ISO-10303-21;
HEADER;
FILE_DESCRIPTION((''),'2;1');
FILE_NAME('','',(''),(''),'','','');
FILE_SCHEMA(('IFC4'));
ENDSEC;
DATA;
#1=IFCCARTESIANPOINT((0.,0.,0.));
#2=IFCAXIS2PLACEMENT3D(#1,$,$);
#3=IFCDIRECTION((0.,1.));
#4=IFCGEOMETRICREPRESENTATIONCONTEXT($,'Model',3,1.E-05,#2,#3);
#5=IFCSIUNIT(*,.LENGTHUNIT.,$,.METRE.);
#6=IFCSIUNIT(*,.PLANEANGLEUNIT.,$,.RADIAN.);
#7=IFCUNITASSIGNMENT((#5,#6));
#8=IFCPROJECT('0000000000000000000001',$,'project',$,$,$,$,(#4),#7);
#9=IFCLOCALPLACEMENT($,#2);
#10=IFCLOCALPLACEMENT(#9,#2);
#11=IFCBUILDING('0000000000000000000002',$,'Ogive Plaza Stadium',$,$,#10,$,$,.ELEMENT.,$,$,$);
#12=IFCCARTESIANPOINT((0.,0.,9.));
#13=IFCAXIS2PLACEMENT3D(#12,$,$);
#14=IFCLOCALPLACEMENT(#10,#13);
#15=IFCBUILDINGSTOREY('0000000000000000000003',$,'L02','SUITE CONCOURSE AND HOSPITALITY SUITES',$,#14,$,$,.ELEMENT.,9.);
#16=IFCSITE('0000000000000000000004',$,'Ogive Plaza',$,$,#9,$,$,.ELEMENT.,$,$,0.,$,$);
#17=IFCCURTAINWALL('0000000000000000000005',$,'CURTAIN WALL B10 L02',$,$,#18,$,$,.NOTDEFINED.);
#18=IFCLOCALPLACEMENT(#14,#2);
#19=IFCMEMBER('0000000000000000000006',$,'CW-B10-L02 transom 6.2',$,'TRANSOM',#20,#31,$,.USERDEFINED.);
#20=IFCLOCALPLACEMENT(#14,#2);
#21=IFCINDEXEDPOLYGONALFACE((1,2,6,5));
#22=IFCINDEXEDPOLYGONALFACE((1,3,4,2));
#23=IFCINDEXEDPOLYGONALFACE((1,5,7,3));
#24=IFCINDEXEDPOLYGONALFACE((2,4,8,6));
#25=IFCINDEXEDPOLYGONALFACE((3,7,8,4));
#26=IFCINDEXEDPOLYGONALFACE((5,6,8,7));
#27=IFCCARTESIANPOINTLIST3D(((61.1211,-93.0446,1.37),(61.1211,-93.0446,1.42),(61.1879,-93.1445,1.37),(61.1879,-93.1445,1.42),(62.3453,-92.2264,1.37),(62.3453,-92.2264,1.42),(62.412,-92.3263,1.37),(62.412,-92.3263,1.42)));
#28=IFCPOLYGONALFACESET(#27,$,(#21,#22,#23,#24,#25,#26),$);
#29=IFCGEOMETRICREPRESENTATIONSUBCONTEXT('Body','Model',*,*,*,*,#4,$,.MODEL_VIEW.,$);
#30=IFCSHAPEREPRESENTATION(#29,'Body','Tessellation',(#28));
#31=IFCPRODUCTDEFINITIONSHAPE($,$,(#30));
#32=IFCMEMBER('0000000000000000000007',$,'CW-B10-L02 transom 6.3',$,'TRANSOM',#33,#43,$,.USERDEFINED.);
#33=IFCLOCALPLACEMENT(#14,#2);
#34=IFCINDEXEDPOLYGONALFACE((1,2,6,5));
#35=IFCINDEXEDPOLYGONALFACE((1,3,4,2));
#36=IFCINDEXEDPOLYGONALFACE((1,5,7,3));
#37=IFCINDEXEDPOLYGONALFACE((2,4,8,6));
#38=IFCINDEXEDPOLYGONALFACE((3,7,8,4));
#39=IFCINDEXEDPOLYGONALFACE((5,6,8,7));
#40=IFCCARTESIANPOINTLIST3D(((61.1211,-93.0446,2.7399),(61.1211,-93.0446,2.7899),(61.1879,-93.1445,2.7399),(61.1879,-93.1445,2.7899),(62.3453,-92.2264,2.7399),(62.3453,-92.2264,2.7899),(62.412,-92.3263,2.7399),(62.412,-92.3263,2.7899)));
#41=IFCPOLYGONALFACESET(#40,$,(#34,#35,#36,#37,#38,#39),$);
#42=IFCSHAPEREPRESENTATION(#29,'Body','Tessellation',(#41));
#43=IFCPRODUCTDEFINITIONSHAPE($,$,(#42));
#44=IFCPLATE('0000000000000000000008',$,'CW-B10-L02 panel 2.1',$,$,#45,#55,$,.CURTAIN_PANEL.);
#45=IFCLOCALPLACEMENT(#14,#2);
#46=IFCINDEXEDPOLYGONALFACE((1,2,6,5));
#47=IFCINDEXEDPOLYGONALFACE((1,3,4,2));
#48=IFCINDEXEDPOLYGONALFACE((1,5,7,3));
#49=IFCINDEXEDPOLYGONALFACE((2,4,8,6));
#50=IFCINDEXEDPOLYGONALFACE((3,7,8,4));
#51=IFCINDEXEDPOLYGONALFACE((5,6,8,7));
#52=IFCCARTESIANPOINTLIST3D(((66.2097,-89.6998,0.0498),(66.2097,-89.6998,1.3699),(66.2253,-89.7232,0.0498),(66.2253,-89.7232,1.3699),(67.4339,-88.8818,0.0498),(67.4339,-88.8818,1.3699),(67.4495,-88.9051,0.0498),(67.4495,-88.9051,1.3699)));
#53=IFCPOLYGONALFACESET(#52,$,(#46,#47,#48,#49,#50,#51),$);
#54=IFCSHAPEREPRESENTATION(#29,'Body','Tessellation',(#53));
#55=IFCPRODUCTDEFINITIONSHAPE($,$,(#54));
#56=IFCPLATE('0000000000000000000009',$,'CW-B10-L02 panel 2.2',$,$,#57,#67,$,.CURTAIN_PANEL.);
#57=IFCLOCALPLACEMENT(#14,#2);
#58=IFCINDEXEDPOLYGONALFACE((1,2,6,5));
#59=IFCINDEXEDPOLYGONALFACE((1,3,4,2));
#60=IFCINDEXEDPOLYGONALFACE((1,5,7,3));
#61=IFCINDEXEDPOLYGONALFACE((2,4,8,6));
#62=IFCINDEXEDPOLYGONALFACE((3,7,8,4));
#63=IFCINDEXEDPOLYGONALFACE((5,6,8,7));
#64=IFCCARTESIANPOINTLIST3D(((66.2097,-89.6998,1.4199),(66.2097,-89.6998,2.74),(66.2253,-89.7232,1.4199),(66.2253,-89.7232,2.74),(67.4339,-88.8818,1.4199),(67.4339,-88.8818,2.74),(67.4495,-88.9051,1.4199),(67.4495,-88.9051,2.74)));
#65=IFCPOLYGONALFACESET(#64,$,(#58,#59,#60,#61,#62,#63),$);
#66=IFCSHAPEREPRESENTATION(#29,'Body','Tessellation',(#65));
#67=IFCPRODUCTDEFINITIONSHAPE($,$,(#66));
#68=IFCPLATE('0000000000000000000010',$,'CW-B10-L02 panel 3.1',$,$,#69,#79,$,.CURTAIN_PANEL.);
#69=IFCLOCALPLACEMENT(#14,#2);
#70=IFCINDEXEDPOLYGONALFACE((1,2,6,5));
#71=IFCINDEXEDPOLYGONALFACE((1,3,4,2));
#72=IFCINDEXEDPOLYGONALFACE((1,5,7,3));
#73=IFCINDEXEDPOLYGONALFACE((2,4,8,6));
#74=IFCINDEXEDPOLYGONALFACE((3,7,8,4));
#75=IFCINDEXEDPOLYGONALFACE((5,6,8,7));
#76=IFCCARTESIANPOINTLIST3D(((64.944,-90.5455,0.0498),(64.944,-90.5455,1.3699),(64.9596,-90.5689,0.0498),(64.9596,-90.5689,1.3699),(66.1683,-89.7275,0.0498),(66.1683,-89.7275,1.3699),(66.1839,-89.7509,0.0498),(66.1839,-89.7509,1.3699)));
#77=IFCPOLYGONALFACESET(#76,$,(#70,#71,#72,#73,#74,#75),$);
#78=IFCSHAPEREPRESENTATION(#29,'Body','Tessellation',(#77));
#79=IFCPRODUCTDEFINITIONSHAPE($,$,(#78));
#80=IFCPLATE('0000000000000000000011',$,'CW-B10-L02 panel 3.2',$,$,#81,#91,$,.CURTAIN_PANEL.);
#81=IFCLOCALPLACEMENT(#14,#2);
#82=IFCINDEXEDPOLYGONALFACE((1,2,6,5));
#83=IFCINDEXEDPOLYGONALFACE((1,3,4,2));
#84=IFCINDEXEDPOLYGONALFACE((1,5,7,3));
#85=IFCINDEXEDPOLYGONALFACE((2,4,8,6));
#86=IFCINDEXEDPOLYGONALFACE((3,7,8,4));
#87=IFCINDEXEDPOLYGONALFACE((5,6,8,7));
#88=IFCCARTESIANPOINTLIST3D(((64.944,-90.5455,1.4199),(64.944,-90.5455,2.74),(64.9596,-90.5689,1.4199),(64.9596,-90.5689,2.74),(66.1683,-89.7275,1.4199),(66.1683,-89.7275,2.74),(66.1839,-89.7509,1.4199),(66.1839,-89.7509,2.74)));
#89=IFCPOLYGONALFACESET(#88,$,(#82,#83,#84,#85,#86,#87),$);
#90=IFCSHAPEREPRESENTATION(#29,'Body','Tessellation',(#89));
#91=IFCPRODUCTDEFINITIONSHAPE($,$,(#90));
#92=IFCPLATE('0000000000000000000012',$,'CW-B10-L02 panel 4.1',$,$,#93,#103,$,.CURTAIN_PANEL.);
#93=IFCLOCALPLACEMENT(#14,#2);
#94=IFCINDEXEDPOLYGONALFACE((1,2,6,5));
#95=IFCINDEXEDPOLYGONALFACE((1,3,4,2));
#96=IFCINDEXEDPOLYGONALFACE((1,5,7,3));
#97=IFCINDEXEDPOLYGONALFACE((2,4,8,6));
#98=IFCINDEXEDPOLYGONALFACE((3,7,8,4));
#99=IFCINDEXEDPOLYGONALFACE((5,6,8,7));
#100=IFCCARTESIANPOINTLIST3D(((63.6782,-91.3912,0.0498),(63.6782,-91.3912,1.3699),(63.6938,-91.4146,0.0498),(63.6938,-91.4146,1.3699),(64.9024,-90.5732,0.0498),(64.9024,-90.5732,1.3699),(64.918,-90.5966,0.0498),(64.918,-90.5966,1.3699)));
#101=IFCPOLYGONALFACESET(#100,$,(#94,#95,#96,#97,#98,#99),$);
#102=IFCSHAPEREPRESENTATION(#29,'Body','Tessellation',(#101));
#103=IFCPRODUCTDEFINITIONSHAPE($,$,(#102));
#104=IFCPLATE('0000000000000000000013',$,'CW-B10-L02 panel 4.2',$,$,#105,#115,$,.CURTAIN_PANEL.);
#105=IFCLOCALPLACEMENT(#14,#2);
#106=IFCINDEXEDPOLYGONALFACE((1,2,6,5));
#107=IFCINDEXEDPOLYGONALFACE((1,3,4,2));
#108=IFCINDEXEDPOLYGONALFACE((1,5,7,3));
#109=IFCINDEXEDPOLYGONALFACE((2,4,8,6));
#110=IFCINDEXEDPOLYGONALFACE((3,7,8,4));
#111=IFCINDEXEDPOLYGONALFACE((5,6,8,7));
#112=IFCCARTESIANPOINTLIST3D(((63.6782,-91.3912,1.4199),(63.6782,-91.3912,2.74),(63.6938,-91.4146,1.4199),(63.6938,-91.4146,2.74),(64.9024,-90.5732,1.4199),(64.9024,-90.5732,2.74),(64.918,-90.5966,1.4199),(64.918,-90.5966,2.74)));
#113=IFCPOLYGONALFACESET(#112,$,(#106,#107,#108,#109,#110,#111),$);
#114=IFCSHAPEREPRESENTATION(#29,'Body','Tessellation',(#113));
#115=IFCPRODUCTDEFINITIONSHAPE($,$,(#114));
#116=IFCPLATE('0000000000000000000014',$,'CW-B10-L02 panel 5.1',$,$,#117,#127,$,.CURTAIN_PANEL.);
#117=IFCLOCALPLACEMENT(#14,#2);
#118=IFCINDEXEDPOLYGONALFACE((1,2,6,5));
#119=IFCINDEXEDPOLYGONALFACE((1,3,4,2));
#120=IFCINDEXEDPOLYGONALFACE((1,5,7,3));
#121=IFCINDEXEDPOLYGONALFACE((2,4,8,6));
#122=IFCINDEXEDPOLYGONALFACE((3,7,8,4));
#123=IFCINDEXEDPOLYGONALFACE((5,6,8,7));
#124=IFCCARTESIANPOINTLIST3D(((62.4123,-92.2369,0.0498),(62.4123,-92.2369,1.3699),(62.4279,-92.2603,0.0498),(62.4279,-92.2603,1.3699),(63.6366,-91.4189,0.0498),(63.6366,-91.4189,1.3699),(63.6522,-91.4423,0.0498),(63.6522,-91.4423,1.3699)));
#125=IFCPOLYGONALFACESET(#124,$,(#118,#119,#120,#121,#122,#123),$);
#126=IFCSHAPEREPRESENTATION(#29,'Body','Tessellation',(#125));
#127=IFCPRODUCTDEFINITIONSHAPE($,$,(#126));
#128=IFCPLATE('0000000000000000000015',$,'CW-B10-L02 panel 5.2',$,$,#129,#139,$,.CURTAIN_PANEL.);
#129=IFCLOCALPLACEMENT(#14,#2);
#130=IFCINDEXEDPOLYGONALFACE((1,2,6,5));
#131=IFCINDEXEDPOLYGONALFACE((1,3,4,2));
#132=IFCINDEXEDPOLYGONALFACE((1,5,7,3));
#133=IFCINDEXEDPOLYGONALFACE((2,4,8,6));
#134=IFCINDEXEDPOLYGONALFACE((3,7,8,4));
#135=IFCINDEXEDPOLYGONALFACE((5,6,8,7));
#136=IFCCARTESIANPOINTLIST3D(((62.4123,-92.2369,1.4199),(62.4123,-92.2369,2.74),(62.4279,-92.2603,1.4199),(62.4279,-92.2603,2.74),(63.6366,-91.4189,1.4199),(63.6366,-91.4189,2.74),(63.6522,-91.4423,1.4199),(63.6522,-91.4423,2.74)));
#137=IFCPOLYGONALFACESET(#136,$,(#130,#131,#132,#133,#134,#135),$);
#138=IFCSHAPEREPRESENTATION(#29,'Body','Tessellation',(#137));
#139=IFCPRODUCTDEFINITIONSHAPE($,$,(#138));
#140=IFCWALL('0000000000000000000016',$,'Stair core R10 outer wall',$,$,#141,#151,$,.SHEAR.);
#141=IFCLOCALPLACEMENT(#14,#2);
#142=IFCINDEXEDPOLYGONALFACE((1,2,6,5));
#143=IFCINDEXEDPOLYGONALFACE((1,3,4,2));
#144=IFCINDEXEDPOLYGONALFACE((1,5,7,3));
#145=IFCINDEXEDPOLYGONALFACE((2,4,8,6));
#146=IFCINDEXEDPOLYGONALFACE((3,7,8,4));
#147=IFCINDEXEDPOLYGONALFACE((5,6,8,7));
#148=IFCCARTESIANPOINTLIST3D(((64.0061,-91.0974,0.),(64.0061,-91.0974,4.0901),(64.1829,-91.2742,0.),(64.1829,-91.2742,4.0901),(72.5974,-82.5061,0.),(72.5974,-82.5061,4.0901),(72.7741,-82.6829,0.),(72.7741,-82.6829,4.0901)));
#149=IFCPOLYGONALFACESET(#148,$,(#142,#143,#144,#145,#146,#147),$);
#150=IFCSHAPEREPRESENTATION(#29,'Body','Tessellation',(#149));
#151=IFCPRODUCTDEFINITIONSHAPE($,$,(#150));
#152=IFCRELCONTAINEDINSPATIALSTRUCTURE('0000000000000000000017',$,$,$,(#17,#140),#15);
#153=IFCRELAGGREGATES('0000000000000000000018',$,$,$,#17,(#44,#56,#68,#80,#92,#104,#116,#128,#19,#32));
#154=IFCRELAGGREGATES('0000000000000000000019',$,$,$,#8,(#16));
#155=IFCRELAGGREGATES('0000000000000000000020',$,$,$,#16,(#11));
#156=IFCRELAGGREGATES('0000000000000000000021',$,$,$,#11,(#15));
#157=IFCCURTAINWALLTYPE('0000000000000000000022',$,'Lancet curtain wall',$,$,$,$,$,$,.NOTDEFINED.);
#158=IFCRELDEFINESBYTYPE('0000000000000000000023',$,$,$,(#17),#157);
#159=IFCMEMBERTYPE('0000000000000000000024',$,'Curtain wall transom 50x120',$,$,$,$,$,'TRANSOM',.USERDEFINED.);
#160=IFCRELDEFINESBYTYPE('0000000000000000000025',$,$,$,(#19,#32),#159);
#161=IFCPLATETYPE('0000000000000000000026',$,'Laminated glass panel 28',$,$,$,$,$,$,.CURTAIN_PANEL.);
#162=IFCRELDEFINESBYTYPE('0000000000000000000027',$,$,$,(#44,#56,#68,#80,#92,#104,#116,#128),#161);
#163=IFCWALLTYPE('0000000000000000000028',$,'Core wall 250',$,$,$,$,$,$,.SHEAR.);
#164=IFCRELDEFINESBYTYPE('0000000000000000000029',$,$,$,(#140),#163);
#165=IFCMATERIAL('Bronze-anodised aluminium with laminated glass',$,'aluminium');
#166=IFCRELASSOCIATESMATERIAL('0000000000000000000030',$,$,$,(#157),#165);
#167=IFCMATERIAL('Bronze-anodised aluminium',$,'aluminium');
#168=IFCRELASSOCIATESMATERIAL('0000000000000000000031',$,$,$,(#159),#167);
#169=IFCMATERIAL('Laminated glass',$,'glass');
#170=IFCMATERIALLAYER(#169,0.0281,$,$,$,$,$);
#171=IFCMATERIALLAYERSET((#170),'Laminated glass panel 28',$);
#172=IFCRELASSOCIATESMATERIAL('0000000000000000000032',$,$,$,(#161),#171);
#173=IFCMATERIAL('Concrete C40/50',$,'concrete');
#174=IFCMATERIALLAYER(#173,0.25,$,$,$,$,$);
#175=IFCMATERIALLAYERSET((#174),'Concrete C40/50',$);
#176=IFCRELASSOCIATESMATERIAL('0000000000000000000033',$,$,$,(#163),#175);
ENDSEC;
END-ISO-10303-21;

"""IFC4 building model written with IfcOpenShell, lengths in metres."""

from ifc_helpers import new_model, si_unit, direction, frame, frame_2d, origin, origin_2d, place, context, subcontext, project, spatial, rectangle, extrude, material, layer, layer_set, material_profile, profile_set, type_object, element, aggregate, save


model = new_model("IFC4")

# Units and contexts
model_context = context("Model", 3, precision=1e-05, world=origin(), true_north=direction((0.0, 1.0)))
body_context = subcontext(model_context, "Body", "Model", "MODEL_VIEW")
ifc_project = project(units=[si_unit("LENGTHUNIT", "METRE"), si_unit("PLANEANGLEUNIT", "RADIAN")], contexts=[model_context])

# Site, building, storey
site_placement = place(None, origin())
site = spatial("IfcSite", under=ifc_project, at=site_placement, Name="Ogive Plaza", CompositionType="ELEMENT", RefElevation=0.0)
building_placement = place(site_placement, origin())
building = spatial("IfcBuilding", under=site, at=building_placement, Name="Ogive Plaza Stadium", CompositionType="ELEMENT")
storey_placement = place(building_placement, frame((0.0, 0.0, 9.0)))
storey = spatial("IfcBuildingStorey", under=building, at=storey_placement, Name="L02", Description="SUITE CONCOURSE AND HOSPITALITY SUITES", CompositionType="ELEMENT", Elevation=9.0)

# Curtain wall, members, plates
ifc_material_1 = material(Name="Bronze-anodised aluminium with laminated glass", Category="aluminium")
curtain_wall_type = type_object("IfcCurtainWallType", Name="Lancet curtain wall", PredefinedType="NOTDEFINED", material=ifc_material_1)
curtain_wall_placement = place(storey_placement, origin())
curtain_wall = element("IfcCurtainWall", 1, at=curtain_wall_placement, inside=storey, type_object=curtain_wall_type, Name="CURTAIN WALL B10 L02", PredefinedType="NOTDEFINED")
ifc_material_2 = material(Name="Bronze-anodised aluminium", Category="aluminium")
ifc_material_profile_1 = material_profile(ifc_material_2, rectangle(XDim=0.1201, YDim=0.05, at=origin_2d()), Name="AL 120x50")
ifc_profile_set_1 = profile_set([ifc_material_profile_1], Name="Bronze-anodised aluminium")
member_type_1 = type_object("IfcMemberType", Name="Curtain wall transom 50x120", ElementType="TRANSOM", PredefinedType="USERDEFINED", material=ifc_profile_set_1)
member_1_placement = place(storey_placement, frame((62.3787, -92.2764, 1.395), z_axis=(-0.831412, -0.555656, 0.0), x_axis=(0.555656, -0.831412, 0.0)))
member_1 = element("IfcMember", 2, at=member_1_placement, type_object=member_type_1, Name="CW-B10-L02 transom 6.2", ObjectType="TRANSOM", PredefinedType="USERDEFINED", context=body_context, shape_type="SweptSolid", body=[
    extrude(rectangle(XDim=0.1201, YDim=0.05, at=origin_2d()), origin(), (0.0, 0.0, 1.0), 1.4724),
])
member_2_placement = place(storey_placement, frame((62.3787, -92.2764, 2.7649), z_axis=(-0.831412, -0.555656, 0.0), x_axis=(0.555656, -0.831412, 0.0)))
member_2 = element("IfcMember", 3, at=member_2_placement, type_object=member_type_1, Name="CW-B10-L02 transom 6.3", ObjectType="TRANSOM", PredefinedType="USERDEFINED", context=body_context, shape_type="SweptSolid", body=[
    extrude(rectangle(XDim=0.1201, YDim=0.05, at=origin_2d()), origin(), (0.0, 0.0, 1.0), 1.4724),
])
ifc_material_3 = material(Name="Laminated glass", Category="glass")
ifc_layer_1 = layer(ifc_material_3, 0.0281)
ifc_layer_set_1 = layer_set([ifc_layer_1], Name="Laminated glass panel 28")
plate_type = type_object("IfcPlateType", Name="Laminated glass panel 28", PredefinedType="CURTAIN_PANEL", material=ifc_layer_set_1)
plate_1_placement = place(storey_placement, frame((66.8296, -89.3025, 0.0498), z_axis=(0.0, 0.0, 1.0), x_axis=(-0.83147, -0.55557, 0.0)))
plate_1 = element("IfcPlate", 4, at=plate_1_placement, type_object=plate_type, Name="CW-B10-L02 panel 2.1", PredefinedType="CURTAIN_PANEL", context=body_context, shape_type="SweptSolid", body=[
    extrude(rectangle(XDim=1.4724, YDim=0.0281, at=origin_2d()), origin(), (0.0, 0.0, 1.0), 1.3201),
])
plate_2_placement = place(storey_placement, frame((66.8296, -89.3025, 1.4199), z_axis=(0.0, 0.0, 1.0), x_axis=(-0.83147, -0.55557, 0.0)))
plate_2 = element("IfcPlate", 5, at=plate_2_placement, type_object=plate_type, Name="CW-B10-L02 panel 2.2", PredefinedType="CURTAIN_PANEL", context=body_context, shape_type="SweptSolid", body=[
    extrude(rectangle(XDim=1.4724, YDim=0.0281, at=origin_2d()), origin(), (0.0, 0.0, 1.0), 1.3201),
])
plate_3_placement = place(storey_placement, frame((65.564, -90.1482, 0.0498), z_axis=(0.0, 0.0, 1.0), x_axis=(-0.83147, -0.55557, 0.0)))
plate_3 = element("IfcPlate", 6, at=plate_3_placement, type_object=plate_type, Name="CW-B10-L02 panel 3.1", PredefinedType="CURTAIN_PANEL", context=body_context, shape_type="SweptSolid", body=[
    extrude(rectangle(XDim=1.4724, YDim=0.0281, at=origin_2d()), origin(), (0.0, 0.0, 1.0), 1.3201),
])
plate_4_placement = place(storey_placement, frame((65.564, -90.1482, 1.4199), z_axis=(0.0, 0.0, 1.0), x_axis=(-0.83147, -0.55557, 0.0)))
plate_4 = element("IfcPlate", 7, at=plate_4_placement, type_object=plate_type, Name="CW-B10-L02 panel 3.2", PredefinedType="CURTAIN_PANEL", context=body_context, shape_type="SweptSolid", body=[
    extrude(rectangle(XDim=1.4724, YDim=0.0281, at=origin_2d()), origin(), (0.0, 0.0, 1.0), 1.3201),
])
plate_5_placement = place(storey_placement, frame((64.2981, -90.9939, 0.0498), z_axis=(0.0, 0.0, 1.0), x_axis=(-0.83147, -0.55557, 0.0)))
plate_5 = element("IfcPlate", 8, at=plate_5_placement, type_object=plate_type, Name="CW-B10-L02 panel 4.1", PredefinedType="CURTAIN_PANEL", context=body_context, shape_type="SweptSolid", body=[
    extrude(rectangle(XDim=1.4724, YDim=0.0281, at=origin_2d()), origin(), (0.0, 0.0, 1.0), 1.3201),
])
plate_6_placement = place(storey_placement, frame((64.2981, -90.9939, 1.4199), z_axis=(0.0, 0.0, 1.0), x_axis=(-0.83147, -0.55557, 0.0)))
plate_6 = element("IfcPlate", 9, at=plate_6_placement, type_object=plate_type, Name="CW-B10-L02 panel 4.2", PredefinedType="CURTAIN_PANEL", context=body_context, shape_type="SweptSolid", body=[
    extrude(rectangle(XDim=1.4724, YDim=0.0281, at=origin_2d()), origin(), (0.0, 0.0, 1.0), 1.3201),
])
plate_7_placement = place(storey_placement, frame((63.0322, -91.8396, 0.0498), z_axis=(0.0, 0.0, 1.0), x_axis=(-0.83147, -0.55557, 0.0)))
plate_7 = element("IfcPlate", 10, at=plate_7_placement, type_object=plate_type, Name="CW-B10-L02 panel 5.1", PredefinedType="CURTAIN_PANEL", context=body_context, shape_type="SweptSolid", body=[
    extrude(rectangle(XDim=1.4724, YDim=0.0281, at=origin_2d()), origin(), (0.0, 0.0, 1.0), 1.3201),
])
plate_8_placement = place(storey_placement, frame((63.0322, -91.8396, 1.4199), z_axis=(0.0, 0.0, 1.0), x_axis=(-0.83147, -0.55557, 0.0)))
plate_8 = element("IfcPlate", 11, at=plate_8_placement, type_object=plate_type, Name="CW-B10-L02 panel 5.2", PredefinedType="CURTAIN_PANEL", context=body_context, shape_type="SweptSolid", body=[
    extrude(rectangle(XDim=1.4724, YDim=0.0281, at=origin_2d()), origin(), (0.0, 0.0, 1.0), 1.3201),
])
aggregate(curtain_wall, [plate_1, plate_2, plate_3, plate_4, plate_5, plate_6, plate_7, plate_8, member_1, member_2])

# Wall
ifc_material_4 = material(Name="Concrete C40/50", Category="concrete")
ifc_layer_2 = layer(ifc_material_4, 0.25)
ifc_layer_set_2 = layer_set([ifc_layer_2], Name="Concrete C40/50")
wall_type = type_object("IfcWallType", Name="Core wall 250", PredefinedType="SHEAR", material=ifc_layer_set_2)
wall_placement = place(storey_placement, frame((64.0945, -91.1858, 0.0), z_axis=(0.0, 0.0, 1.0), x_axis=(0.707107, 0.707107, 0.0)))
element("IfcWall", 12, at=wall_placement, inside=storey, type_object=wall_type, Name="Stair core R10 outer wall", PredefinedType="SHEAR", context=body_context, shape_type="SweptSolid", body=[
    extrude(rectangle(XDim=12.1499, YDim=0.25, at=frame_2d((6.075, 0.0))), origin(), (0.0, 0.0, 1.0), 4.0901),
])

save(model, "model.ifc")
